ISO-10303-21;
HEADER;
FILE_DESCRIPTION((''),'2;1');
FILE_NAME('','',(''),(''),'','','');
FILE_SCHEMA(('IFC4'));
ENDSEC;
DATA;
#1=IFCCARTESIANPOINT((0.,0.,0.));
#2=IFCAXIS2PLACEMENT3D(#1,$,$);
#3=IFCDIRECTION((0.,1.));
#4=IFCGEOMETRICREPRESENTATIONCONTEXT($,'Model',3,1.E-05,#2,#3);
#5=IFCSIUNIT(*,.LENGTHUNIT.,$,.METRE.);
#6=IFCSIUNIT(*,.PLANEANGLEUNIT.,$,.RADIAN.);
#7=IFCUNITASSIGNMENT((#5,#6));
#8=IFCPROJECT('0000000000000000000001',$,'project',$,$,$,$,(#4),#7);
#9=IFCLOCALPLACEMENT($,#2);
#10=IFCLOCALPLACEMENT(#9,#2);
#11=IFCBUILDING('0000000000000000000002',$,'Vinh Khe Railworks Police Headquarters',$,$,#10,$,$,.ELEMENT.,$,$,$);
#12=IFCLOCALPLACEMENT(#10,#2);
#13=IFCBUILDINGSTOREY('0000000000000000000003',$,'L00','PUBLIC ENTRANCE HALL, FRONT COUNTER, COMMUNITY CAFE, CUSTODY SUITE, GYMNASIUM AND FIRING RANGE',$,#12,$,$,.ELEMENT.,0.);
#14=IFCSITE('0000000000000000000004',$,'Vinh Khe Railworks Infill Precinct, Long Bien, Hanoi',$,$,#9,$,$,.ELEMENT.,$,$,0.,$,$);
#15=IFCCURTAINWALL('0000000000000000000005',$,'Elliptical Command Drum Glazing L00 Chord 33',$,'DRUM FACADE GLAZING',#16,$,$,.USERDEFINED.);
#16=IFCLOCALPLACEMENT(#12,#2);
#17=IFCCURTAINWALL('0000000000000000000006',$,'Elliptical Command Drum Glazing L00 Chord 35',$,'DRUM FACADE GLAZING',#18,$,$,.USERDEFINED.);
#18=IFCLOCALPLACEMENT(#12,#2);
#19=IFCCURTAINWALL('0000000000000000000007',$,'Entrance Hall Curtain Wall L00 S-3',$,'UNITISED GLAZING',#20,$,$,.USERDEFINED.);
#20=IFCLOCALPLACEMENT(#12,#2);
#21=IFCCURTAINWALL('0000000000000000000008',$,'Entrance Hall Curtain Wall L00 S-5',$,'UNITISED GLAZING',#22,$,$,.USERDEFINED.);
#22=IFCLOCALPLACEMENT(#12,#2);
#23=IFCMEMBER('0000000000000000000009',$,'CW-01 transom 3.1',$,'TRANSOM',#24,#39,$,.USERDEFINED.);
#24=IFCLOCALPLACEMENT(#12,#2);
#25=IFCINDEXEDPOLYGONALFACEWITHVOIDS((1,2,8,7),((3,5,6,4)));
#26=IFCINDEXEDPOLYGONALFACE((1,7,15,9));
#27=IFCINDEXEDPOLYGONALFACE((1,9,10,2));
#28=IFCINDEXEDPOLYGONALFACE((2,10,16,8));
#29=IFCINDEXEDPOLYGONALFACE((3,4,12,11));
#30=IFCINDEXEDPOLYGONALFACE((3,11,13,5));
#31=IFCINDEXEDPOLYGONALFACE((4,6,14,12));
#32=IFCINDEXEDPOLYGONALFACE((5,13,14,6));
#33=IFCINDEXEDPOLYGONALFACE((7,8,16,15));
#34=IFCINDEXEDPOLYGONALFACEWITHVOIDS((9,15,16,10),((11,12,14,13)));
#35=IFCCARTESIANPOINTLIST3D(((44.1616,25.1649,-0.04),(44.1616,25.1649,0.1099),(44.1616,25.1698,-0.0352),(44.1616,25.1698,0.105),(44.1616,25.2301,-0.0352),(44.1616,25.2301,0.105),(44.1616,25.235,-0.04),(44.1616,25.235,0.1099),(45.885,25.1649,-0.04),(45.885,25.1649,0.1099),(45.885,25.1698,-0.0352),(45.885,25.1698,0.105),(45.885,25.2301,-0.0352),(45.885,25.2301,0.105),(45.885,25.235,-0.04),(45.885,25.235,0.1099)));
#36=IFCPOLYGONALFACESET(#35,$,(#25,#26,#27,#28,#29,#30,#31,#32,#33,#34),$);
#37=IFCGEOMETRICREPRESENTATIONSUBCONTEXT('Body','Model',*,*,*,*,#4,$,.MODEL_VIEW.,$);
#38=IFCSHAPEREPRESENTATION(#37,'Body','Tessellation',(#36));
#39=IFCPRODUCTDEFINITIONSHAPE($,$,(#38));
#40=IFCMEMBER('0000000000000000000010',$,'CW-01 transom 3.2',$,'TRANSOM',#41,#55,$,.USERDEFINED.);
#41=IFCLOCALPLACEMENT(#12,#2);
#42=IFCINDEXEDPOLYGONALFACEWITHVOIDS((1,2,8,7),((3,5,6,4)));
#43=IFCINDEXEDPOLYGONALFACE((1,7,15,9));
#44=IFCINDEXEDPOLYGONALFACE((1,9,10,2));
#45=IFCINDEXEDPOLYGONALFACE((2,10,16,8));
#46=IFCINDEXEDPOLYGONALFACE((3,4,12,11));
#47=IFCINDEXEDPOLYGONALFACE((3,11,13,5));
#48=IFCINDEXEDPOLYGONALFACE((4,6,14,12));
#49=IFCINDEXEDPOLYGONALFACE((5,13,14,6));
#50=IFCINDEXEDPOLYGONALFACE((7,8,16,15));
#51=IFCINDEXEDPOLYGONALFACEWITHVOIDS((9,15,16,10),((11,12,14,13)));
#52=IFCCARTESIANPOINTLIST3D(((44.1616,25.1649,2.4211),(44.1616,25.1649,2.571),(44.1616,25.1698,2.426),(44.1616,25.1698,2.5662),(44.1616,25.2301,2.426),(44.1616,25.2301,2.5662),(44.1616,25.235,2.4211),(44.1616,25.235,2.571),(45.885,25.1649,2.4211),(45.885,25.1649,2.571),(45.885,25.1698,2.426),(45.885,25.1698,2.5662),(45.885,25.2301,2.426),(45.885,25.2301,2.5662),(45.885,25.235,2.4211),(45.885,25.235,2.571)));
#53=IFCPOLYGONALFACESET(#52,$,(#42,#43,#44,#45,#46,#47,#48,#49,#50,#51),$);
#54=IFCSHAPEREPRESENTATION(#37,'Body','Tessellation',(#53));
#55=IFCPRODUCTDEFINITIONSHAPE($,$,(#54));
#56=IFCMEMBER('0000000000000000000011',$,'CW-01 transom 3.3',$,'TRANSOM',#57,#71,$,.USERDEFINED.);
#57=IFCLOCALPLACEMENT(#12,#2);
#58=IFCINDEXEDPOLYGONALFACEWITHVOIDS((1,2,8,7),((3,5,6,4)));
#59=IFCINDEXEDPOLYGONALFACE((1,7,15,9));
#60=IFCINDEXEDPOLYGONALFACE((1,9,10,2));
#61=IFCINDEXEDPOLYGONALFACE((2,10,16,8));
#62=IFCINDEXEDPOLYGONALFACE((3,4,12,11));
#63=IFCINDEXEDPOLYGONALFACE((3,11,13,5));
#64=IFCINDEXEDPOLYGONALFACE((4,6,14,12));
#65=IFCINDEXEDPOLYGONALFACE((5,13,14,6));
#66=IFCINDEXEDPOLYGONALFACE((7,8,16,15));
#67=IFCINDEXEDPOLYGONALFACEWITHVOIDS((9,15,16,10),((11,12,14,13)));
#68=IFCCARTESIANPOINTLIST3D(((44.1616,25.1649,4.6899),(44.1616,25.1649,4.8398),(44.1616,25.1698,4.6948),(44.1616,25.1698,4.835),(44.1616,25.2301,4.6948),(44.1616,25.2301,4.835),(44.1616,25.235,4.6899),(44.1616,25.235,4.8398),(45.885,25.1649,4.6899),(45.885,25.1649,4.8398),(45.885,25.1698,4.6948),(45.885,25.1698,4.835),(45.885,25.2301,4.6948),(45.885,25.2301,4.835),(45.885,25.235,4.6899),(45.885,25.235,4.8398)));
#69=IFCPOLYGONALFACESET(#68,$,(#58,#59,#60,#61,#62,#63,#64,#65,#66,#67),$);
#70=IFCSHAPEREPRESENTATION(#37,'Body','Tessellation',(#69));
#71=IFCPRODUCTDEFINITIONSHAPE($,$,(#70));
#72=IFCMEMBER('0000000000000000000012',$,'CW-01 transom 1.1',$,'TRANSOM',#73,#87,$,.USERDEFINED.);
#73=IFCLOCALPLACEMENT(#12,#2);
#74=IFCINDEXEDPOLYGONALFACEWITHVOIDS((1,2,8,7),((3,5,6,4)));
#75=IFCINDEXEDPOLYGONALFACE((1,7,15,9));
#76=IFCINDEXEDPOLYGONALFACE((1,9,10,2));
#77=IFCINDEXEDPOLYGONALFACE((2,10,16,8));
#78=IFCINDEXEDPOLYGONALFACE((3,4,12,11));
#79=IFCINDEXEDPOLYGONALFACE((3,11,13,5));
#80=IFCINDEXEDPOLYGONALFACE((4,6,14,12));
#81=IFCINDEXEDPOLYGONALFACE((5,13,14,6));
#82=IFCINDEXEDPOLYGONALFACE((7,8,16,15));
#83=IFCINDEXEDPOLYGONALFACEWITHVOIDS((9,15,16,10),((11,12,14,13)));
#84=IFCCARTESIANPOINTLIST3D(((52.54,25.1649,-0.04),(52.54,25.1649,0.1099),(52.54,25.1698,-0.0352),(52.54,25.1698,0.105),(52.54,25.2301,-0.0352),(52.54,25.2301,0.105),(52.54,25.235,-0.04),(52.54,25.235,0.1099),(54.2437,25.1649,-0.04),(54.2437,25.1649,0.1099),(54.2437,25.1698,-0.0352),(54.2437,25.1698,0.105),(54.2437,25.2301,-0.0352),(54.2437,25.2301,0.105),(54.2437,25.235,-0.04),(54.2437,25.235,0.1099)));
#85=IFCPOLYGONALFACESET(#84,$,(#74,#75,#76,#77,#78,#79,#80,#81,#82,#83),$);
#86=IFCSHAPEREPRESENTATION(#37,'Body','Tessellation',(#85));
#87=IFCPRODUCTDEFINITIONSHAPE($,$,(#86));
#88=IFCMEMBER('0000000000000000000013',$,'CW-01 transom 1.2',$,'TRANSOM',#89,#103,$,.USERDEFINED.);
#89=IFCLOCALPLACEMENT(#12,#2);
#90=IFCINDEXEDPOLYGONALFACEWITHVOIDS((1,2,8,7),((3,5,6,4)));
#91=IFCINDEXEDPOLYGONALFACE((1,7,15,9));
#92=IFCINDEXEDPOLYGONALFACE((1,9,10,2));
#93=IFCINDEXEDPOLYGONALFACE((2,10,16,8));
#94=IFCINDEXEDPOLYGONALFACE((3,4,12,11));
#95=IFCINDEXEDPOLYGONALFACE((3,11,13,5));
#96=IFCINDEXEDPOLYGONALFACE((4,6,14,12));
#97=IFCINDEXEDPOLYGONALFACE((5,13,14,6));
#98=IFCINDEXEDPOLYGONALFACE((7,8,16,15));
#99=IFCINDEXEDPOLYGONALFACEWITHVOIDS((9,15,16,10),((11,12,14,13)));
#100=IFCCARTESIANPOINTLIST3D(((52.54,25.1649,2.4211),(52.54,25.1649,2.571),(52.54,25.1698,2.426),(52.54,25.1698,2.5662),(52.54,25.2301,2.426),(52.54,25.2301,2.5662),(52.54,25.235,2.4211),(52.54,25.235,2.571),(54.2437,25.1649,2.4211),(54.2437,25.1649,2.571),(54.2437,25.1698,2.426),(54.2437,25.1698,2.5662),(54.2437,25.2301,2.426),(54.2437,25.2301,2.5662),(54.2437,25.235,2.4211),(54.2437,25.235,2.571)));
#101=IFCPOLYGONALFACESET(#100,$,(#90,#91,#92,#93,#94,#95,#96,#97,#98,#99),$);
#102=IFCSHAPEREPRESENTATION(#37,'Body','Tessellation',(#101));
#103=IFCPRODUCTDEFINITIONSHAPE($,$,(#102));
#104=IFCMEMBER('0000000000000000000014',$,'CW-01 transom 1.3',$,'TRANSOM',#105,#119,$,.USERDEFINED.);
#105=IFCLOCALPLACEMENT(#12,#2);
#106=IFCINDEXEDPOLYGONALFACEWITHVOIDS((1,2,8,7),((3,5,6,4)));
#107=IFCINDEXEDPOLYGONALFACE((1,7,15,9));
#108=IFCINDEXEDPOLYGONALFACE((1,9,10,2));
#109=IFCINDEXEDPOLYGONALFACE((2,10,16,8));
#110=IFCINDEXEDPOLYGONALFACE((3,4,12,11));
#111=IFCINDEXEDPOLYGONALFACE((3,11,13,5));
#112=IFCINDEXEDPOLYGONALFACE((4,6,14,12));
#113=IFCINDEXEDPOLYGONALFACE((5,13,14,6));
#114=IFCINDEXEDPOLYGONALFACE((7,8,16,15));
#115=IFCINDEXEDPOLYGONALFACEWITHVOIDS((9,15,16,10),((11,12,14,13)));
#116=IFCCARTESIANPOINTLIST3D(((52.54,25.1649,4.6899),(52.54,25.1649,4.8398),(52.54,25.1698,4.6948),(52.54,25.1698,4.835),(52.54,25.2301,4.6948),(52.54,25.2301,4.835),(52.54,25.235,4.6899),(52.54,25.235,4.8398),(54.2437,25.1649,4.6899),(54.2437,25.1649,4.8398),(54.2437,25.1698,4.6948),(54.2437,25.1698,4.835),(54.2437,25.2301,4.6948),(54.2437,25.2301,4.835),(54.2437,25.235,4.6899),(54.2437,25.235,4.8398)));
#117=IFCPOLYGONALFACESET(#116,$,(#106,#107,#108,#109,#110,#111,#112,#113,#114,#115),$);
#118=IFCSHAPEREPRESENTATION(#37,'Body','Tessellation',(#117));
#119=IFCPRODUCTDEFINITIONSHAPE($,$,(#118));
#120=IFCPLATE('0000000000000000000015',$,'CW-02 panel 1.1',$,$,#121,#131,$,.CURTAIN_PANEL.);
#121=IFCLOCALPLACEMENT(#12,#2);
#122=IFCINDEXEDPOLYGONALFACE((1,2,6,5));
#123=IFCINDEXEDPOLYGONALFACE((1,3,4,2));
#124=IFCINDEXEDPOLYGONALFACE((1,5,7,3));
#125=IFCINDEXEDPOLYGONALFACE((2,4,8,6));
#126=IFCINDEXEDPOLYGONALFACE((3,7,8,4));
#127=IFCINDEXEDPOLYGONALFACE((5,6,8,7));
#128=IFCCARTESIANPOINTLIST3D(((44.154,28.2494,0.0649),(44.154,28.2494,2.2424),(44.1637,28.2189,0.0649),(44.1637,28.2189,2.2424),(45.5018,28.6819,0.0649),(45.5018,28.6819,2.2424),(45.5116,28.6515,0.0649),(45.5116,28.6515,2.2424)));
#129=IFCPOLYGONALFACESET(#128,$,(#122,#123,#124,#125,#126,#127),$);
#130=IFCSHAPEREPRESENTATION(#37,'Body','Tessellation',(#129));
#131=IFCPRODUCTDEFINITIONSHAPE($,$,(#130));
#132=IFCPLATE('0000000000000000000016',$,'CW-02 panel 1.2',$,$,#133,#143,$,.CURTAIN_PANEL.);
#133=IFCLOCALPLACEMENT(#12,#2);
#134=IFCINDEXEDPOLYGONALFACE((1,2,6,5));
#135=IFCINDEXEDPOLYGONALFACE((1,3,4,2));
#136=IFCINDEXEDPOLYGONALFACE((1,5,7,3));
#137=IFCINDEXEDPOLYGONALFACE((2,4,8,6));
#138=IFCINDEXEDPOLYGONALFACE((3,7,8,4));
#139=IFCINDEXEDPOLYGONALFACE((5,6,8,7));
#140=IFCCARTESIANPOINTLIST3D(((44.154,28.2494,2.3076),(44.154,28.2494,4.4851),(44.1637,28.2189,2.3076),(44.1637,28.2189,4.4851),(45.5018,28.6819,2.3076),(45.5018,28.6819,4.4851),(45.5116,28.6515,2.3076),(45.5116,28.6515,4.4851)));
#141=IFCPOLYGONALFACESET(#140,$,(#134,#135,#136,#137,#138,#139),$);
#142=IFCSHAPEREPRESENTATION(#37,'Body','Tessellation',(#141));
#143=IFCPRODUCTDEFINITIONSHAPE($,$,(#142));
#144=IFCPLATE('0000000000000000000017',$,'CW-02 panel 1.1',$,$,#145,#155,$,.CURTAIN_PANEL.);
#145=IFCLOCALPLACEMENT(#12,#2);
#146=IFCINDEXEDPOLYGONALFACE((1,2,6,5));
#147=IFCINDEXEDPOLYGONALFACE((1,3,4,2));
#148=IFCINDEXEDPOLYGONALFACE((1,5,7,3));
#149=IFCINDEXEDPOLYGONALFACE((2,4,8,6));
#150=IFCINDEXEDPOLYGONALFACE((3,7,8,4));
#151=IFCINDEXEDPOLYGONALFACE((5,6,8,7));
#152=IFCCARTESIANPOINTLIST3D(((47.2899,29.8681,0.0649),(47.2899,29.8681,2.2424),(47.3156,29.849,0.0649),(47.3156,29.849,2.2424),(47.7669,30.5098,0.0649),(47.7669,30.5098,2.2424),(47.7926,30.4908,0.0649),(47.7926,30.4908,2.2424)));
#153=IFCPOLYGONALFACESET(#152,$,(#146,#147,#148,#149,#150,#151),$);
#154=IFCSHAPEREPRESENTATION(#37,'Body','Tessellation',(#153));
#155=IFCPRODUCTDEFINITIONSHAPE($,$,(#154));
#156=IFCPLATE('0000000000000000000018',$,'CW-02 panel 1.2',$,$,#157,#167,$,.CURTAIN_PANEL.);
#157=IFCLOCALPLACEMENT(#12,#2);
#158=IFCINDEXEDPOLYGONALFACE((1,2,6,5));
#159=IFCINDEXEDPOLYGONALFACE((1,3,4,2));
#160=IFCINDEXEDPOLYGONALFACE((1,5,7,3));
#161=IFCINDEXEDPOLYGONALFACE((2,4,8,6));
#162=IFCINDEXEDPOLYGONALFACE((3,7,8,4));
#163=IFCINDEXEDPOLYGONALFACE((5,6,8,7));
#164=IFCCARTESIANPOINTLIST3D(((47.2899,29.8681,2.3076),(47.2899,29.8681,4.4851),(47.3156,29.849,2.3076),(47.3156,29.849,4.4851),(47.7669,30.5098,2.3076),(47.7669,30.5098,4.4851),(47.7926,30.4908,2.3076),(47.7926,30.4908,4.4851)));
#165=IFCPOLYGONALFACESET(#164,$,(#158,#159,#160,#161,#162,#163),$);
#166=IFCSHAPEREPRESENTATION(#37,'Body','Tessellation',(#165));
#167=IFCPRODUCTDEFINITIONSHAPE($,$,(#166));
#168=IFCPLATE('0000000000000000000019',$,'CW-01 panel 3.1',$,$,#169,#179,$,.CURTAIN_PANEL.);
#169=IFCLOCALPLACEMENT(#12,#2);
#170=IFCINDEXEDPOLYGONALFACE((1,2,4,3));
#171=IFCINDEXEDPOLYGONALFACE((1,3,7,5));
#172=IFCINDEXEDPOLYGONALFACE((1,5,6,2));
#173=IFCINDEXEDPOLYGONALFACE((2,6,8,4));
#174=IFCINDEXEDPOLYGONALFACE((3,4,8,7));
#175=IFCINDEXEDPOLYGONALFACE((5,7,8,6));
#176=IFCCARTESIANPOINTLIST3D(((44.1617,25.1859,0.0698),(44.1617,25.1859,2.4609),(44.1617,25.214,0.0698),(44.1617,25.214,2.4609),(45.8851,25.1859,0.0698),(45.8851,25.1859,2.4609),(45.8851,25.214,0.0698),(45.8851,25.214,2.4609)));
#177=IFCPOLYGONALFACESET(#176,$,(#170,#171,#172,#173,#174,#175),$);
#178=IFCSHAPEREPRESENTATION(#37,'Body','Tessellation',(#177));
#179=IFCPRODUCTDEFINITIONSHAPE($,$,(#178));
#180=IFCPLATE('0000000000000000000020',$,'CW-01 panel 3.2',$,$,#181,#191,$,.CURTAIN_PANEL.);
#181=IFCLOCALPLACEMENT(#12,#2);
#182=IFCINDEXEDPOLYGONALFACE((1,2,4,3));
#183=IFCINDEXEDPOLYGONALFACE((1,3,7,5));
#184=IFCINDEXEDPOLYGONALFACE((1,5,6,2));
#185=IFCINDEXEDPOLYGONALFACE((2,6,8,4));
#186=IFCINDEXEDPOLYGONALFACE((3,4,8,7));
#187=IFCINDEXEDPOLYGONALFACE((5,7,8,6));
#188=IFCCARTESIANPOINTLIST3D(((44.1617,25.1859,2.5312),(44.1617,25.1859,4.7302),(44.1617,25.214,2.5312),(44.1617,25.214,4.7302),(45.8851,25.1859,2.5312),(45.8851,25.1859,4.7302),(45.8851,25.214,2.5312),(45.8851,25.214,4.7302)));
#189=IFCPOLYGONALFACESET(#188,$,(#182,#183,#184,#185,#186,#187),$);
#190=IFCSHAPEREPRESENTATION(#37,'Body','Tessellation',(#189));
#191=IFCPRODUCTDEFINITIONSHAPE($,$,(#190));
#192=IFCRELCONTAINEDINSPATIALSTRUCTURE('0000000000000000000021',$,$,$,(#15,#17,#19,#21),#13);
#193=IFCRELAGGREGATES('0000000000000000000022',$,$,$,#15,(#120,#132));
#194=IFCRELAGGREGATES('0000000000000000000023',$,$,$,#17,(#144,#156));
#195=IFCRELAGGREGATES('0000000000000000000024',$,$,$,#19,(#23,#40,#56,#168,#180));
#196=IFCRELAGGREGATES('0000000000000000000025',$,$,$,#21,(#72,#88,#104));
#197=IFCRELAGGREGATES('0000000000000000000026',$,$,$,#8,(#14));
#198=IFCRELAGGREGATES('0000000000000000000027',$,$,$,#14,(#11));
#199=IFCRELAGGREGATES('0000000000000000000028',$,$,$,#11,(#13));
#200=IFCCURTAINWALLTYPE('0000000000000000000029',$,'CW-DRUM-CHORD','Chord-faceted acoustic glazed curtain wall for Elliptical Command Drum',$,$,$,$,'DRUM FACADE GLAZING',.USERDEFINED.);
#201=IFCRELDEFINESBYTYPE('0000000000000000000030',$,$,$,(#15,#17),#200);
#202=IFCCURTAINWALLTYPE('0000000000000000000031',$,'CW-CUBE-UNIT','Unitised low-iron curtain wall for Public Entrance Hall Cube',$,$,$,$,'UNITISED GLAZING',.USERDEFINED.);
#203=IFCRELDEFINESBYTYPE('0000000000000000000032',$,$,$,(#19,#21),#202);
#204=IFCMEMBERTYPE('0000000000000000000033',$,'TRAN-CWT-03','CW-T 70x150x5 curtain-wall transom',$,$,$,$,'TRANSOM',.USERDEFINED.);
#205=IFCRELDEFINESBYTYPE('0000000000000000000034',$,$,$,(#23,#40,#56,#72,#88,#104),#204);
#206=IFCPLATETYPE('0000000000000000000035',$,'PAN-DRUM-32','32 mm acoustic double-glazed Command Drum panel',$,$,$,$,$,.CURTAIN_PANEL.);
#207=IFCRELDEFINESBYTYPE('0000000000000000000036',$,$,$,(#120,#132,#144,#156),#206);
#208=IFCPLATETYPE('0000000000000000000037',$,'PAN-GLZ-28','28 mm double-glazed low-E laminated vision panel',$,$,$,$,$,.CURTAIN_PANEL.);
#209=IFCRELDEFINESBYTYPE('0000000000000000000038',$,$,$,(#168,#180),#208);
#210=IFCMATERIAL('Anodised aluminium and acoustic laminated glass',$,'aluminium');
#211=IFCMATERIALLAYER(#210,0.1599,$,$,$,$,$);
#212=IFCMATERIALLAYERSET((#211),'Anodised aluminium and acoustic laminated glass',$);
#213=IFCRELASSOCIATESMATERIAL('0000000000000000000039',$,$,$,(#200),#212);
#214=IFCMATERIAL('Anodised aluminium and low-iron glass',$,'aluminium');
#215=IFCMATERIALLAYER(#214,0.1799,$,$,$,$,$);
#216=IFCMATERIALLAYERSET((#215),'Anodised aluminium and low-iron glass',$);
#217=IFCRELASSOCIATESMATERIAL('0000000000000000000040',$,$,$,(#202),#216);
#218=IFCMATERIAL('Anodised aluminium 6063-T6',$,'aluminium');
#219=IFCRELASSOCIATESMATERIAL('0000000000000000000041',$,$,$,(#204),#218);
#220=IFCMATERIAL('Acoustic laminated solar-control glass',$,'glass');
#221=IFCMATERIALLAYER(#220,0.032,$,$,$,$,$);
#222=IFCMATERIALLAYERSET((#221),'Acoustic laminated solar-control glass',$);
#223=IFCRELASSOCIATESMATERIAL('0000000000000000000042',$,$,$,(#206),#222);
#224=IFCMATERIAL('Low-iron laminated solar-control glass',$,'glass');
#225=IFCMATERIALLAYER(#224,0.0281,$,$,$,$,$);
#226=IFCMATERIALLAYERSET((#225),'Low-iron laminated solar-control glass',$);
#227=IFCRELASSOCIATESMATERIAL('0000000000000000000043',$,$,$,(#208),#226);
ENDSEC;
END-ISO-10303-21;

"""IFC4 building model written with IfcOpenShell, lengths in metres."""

from ifc_helpers import new_model, si_unit, direction, frame, origin, origin_2d, place, context, subcontext, project, spatial, rectangle, hollow_rectangle, extrude, material, layer, layer_set, material_profile, profile_set, type_object, element, aggregate, save


model = new_model("IFC4")

# Units and contexts
model_context = context("Model", 3, precision=1e-05, world=origin(), true_north=direction((0.0, 1.0)))
body_context = subcontext(model_context, "Body", "Model", "MODEL_VIEW")
ifc_project = project(units=[si_unit("LENGTHUNIT", "METRE"), si_unit("PLANEANGLEUNIT", "RADIAN")], contexts=[model_context])

# Site, building, storey
site_placement = place(None, origin())
site = spatial("IfcSite", under=ifc_project, at=site_placement, Name="Vinh Khe Railworks Infill Precinct, Long Bien, Hanoi", CompositionType="ELEMENT", RefElevation=0.0)
building_placement = place(site_placement, origin())
building = spatial("IfcBuilding", under=site, at=building_placement, Name="Vinh Khe Railworks Police Headquarters", CompositionType="ELEMENT")
storey_placement = place(building_placement, origin())
storey = spatial("IfcBuildingStorey", under=building, at=storey_placement, Name="L00", Description="PUBLIC ENTRANCE HALL, FRONT COUNTER, COMMUNITY CAFE, CUSTODY SUITE, GYMNASIUM AND FIRING RANGE", CompositionType="ELEMENT", Elevation=0.0)

# Curtain wall
ifc_material_1 = material(Name="Anodised aluminium and acoustic laminated glass", Category="aluminium")
ifc_layer_1 = layer(ifc_material_1, 0.1599)
ifc_layer_set_1 = layer_set([ifc_layer_1], Name="Anodised aluminium and acoustic laminated glass")
curtain_wall_type_1 = type_object("IfcCurtainWallType", Name="CW-DRUM-CHORD", Description="Chord-faceted acoustic glazed curtain wall for Elliptical Command Drum", ElementType="DRUM FACADE GLAZING", PredefinedType="USERDEFINED", material=ifc_layer_set_1)
curtain_wall_1_placement = place(storey_placement, origin())
curtain_wall_1 = element("IfcCurtainWall", 1, at=curtain_wall_1_placement, inside=storey, type_object=curtain_wall_type_1, Name="Elliptical Command Drum Glazing L00 Chord 33", ObjectType="DRUM FACADE GLAZING", PredefinedType="USERDEFINED")
ifc_material_2 = material(Name="Anodised aluminium 6063-T6", Category="aluminium")

# Curtain wall
curtain_wall_2_placement = place(storey_placement, origin())
curtain_wall_2 = element("IfcCurtainWall", 2, at=curtain_wall_2_placement, inside=storey, type_object=curtain_wall_type_1, Name="Elliptical Command Drum Glazing L00 Chord 35", ObjectType="DRUM FACADE GLAZING", PredefinedType="USERDEFINED")

# Curtain walls
ifc_material_3 = material(Name="Anodised aluminium and low-iron glass", Category="aluminium")
ifc_layer_2 = layer(ifc_material_3, 0.1799)
ifc_layer_set_2 = layer_set([ifc_layer_2], Name="Anodised aluminium and low-iron glass")
curtain_wall_type_2 = type_object("IfcCurtainWallType", Name="CW-CUBE-UNIT", Description="Unitised low-iron curtain wall for Public Entrance Hall Cube", ElementType="UNITISED GLAZING", PredefinedType="USERDEFINED", material=ifc_layer_set_2)
curtain_wall_3_placement = place(storey_placement, origin())
curtain_wall_3 = element("IfcCurtainWall", 3, at=curtain_wall_3_placement, inside=storey, type_object=curtain_wall_type_2, Name="Entrance Hall Curtain Wall L00 S-3", ObjectType="UNITISED GLAZING", PredefinedType="USERDEFINED")
curtain_wall_4_placement = place(storey_placement, origin())
curtain_wall_4 = element("IfcCurtainWall", 4, at=curtain_wall_4_placement, inside=storey, type_object=curtain_wall_type_2, Name="Entrance Hall Curtain Wall L00 S-5", ObjectType="UNITISED GLAZING", PredefinedType="USERDEFINED")

# Members
ifc_material_profile_1 = material_profile(ifc_material_2, hollow_rectangle(XDim=0.0701, YDim=0.1499, WallThickness=0.0049, at=origin_2d()), Name="CW-T 70x150x5")
ifc_profile_set_1 = profile_set([ifc_material_profile_1], Name="Anodised aluminium 6063-T6")
member_type_1 = type_object("IfcMemberType", Name="TRAN-CWT-03", Description="CW-T 70x150x5 curtain-wall transom", ElementType="TRANSOM", PredefinedType="USERDEFINED", material=ifc_profile_set_1)
member_1_placement = place(storey_placement, frame((44.1616, 25.2, 0.0349), z_axis=(1.0, 0.0, 0.0), x_axis=(0.0, 1.0, 0.0)))
member_1 = element("IfcMember", 5, at=member_1_placement, type_object=member_type_1, Name="CW-01 transom 3.1", ObjectType="TRANSOM", PredefinedType="USERDEFINED", context=body_context, shape_type="SweptSolid", body=[
    extrude(hollow_rectangle(XDim=0.0701, YDim=0.1499, WallThickness=0.0049, at=origin_2d()), origin(), (0.0, 0.0, 1.0), 1.7234),
])
member_2_placement = place(storey_placement, frame((44.1616, 25.2, 2.4961), z_axis=(1.0, 0.0, 0.0), x_axis=(0.0, 1.0, 0.0)))
member_2 = element("IfcMember", 6, at=member_2_placement, type_object=member_type_1, Name="CW-01 transom 3.2", ObjectType="TRANSOM", PredefinedType="USERDEFINED", context=body_context, shape_type="SweptSolid", body=[
    extrude(hollow_rectangle(XDim=0.0701, YDim=0.1499, WallThickness=0.0049, at=origin_2d()), origin(), (0.0, 0.0, 1.0), 1.7234),
])
member_3_placement = place(storey_placement, frame((44.1616, 25.2, 4.7649), z_axis=(1.0, 0.0, 0.0), x_axis=(0.0, 1.0, 0.0)))
member_3 = element("IfcMember", 7, at=member_3_placement, type_object=member_type_1, Name="CW-01 transom 3.3", ObjectType="TRANSOM", PredefinedType="USERDEFINED", context=body_context, shape_type="SweptSolid", body=[
    extrude(hollow_rectangle(XDim=0.0701, YDim=0.1499, WallThickness=0.0049, at=origin_2d()), origin(), (0.0, 0.0, 1.0), 1.7234),
])
member_4_placement = place(storey_placement, frame((52.54, 25.2, 0.0349), z_axis=(1.0, 0.0, 0.0), x_axis=(0.0, 1.0, 0.0)))
member_4 = element("IfcMember", 8, at=member_4_placement, type_object=member_type_1, Name="CW-01 transom 1.1", ObjectType="TRANSOM", PredefinedType="USERDEFINED", context=body_context, shape_type="SweptSolid", body=[
    extrude(hollow_rectangle(XDim=0.0701, YDim=0.1499, WallThickness=0.0049, at=origin_2d()), origin(), (0.0, 0.0, 1.0), 1.7036),
])
member_5_placement = place(storey_placement, frame((52.54, 25.2, 2.4961), z_axis=(1.0, 0.0, 0.0), x_axis=(0.0, 1.0, 0.0)))
member_5 = element("IfcMember", 9, at=member_5_placement, type_object=member_type_1, Name="CW-01 transom 1.2", ObjectType="TRANSOM", PredefinedType="USERDEFINED", context=body_context, shape_type="SweptSolid", body=[
    extrude(hollow_rectangle(XDim=0.0701, YDim=0.1499, WallThickness=0.0049, at=origin_2d()), origin(), (0.0, 0.0, 1.0), 1.7036),
])
member_6_placement = place(storey_placement, frame((52.54, 25.2, 4.7649), z_axis=(1.0, 0.0, 0.0), x_axis=(0.0, 1.0, 0.0)))
member_6 = element("IfcMember", 10, at=member_6_placement, type_object=member_type_1, Name="CW-01 transom 1.3", ObjectType="TRANSOM", PredefinedType="USERDEFINED", context=body_context, shape_type="SweptSolid", body=[
    extrude(hollow_rectangle(XDim=0.0701, YDim=0.1499, WallThickness=0.0049, at=origin_2d()), origin(), (0.0, 0.0, 1.0), 1.7036),
])

# Plates
ifc_material_4 = material(Name="Acoustic laminated solar-control glass", Category="glass")
ifc_layer_3 = layer(ifc_material_4, 0.032)
ifc_layer_set_3 = layer_set([ifc_layer_3], Name="Acoustic laminated solar-control glass")
plate_type_1 = type_object("IfcPlateType", Name="PAN-DRUM-32", Description="32 mm acoustic double-glazed Command Drum panel", PredefinedType="CURTAIN_PANEL", material=ifc_layer_set_3)
plate_1_placement = place(storey_placement, frame((44.8328, 28.4504, 0.0649), z_axis=(0.0, 0.0, 1.0), x_axis=(0.952168, 0.305576, 0.0)))
plate_1 = element("IfcPlate", 11, at=plate_1_placement, type_object=plate_type_1, Name="CW-02 panel 1.1", PredefinedType="CURTAIN_PANEL", context=body_context, shape_type="SweptSolid", body=[
    extrude(rectangle(XDim=1.4155, YDim=0.032, at=origin_2d()), origin(), (0.0, 0.0, 1.0), 2.1775),
])
plate_2_placement = place(storey_placement, frame((44.8328, 28.4504, 2.3076), z_axis=(0.0, 0.0, 1.0), x_axis=(0.952168, 0.305576, 0.0)))
plate_2 = element("IfcPlate", 12, at=plate_2_placement, type_object=plate_type_1, Name="CW-02 panel 1.2", PredefinedType="CURTAIN_PANEL", context=body_context, shape_type="SweptSolid", body=[
    extrude(rectangle(XDim=1.4155, YDim=0.032, at=origin_2d()), origin(), (0.0, 0.0, 1.0), 2.1775),
])
aggregate(curtain_wall_1, [plate_1, plate_2])
plate_3_placement = place(storey_placement, frame((47.5413, 30.1794, 0.0649), z_axis=(0.0, 0.0, 1.0), x_axis=(0.596528, 0.802592, 0.0)))
plate_3 = element("IfcPlate", 13, at=plate_3_placement, type_object=plate_type_1, Name="CW-02 panel 1.1", PredefinedType="CURTAIN_PANEL", context=body_context, shape_type="SweptSolid", body=[
    extrude(rectangle(XDim=0.7996, YDim=0.032, at=origin_2d()), origin(), (0.0, 0.0, 1.0), 2.1775),
])
plate_4_placement = place(storey_placement, frame((47.5413, 30.1794, 2.3076), z_axis=(0.0, 0.0, 1.0), x_axis=(0.596528, 0.802592, 0.0)))
plate_4 = element("IfcPlate", 14, at=plate_4_placement, type_object=plate_type_1, Name="CW-02 panel 1.2", PredefinedType="CURTAIN_PANEL", context=body_context, shape_type="SweptSolid", body=[
    extrude(rectangle(XDim=0.7996, YDim=0.032, at=origin_2d()), origin(), (0.0, 0.0, 1.0), 2.1775),
])
aggregate(curtain_wall_2, [plate_3, plate_4])
ifc_material_5 = material(Name="Low-iron laminated solar-control glass", Category="glass")
ifc_layer_4 = layer(ifc_material_5, 0.0281)
ifc_layer_set_4 = layer_set([ifc_layer_4], Name="Low-iron laminated solar-control glass")
plate_type_2 = type_object("IfcPlateType", Name="PAN-GLZ-28", Description="28 mm double-glazed low-E laminated vision panel", PredefinedType="CURTAIN_PANEL", material=ifc_layer_set_4)
plate_5_placement = place(storey_placement, frame((45.0234, 25.2, 0.0698), z_axis=(0.0, 0.0, 1.0), x_axis=(1.0, 0.0, 0.0)))
plate_5 = element("IfcPlate", 15, at=plate_5_placement, type_object=plate_type_2, Name="CW-01 panel 3.1", PredefinedType="CURTAIN_PANEL", context=body_context, shape_type="SweptSolid", body=[
    extrude(rectangle(XDim=1.7234, YDim=0.0281, at=origin_2d()), origin(), (0.0, 0.0, 1.0), 2.3911),
])
plate_6_placement = place(storey_placement, frame((45.0234, 25.2, 2.5312), z_axis=(0.0, 0.0, 1.0), x_axis=(1.0, 0.0, 0.0)))
plate_6 = element("IfcPlate", 16, at=plate_6_placement, type_object=plate_type_2, Name="CW-01 panel 3.2", PredefinedType="CURTAIN_PANEL", context=body_context, shape_type="SweptSolid", body=[
    extrude(rectangle(XDim=1.7234, YDim=0.0281, at=origin_2d()), origin(), (0.0, 0.0, 1.0), 2.199),
])
aggregate(curtain_wall_3, [member_1, member_2, member_3, plate_5, plate_6])
aggregate(curtain_wall_4, [member_4, member_5, member_6])

save(model, "model.ifc")
